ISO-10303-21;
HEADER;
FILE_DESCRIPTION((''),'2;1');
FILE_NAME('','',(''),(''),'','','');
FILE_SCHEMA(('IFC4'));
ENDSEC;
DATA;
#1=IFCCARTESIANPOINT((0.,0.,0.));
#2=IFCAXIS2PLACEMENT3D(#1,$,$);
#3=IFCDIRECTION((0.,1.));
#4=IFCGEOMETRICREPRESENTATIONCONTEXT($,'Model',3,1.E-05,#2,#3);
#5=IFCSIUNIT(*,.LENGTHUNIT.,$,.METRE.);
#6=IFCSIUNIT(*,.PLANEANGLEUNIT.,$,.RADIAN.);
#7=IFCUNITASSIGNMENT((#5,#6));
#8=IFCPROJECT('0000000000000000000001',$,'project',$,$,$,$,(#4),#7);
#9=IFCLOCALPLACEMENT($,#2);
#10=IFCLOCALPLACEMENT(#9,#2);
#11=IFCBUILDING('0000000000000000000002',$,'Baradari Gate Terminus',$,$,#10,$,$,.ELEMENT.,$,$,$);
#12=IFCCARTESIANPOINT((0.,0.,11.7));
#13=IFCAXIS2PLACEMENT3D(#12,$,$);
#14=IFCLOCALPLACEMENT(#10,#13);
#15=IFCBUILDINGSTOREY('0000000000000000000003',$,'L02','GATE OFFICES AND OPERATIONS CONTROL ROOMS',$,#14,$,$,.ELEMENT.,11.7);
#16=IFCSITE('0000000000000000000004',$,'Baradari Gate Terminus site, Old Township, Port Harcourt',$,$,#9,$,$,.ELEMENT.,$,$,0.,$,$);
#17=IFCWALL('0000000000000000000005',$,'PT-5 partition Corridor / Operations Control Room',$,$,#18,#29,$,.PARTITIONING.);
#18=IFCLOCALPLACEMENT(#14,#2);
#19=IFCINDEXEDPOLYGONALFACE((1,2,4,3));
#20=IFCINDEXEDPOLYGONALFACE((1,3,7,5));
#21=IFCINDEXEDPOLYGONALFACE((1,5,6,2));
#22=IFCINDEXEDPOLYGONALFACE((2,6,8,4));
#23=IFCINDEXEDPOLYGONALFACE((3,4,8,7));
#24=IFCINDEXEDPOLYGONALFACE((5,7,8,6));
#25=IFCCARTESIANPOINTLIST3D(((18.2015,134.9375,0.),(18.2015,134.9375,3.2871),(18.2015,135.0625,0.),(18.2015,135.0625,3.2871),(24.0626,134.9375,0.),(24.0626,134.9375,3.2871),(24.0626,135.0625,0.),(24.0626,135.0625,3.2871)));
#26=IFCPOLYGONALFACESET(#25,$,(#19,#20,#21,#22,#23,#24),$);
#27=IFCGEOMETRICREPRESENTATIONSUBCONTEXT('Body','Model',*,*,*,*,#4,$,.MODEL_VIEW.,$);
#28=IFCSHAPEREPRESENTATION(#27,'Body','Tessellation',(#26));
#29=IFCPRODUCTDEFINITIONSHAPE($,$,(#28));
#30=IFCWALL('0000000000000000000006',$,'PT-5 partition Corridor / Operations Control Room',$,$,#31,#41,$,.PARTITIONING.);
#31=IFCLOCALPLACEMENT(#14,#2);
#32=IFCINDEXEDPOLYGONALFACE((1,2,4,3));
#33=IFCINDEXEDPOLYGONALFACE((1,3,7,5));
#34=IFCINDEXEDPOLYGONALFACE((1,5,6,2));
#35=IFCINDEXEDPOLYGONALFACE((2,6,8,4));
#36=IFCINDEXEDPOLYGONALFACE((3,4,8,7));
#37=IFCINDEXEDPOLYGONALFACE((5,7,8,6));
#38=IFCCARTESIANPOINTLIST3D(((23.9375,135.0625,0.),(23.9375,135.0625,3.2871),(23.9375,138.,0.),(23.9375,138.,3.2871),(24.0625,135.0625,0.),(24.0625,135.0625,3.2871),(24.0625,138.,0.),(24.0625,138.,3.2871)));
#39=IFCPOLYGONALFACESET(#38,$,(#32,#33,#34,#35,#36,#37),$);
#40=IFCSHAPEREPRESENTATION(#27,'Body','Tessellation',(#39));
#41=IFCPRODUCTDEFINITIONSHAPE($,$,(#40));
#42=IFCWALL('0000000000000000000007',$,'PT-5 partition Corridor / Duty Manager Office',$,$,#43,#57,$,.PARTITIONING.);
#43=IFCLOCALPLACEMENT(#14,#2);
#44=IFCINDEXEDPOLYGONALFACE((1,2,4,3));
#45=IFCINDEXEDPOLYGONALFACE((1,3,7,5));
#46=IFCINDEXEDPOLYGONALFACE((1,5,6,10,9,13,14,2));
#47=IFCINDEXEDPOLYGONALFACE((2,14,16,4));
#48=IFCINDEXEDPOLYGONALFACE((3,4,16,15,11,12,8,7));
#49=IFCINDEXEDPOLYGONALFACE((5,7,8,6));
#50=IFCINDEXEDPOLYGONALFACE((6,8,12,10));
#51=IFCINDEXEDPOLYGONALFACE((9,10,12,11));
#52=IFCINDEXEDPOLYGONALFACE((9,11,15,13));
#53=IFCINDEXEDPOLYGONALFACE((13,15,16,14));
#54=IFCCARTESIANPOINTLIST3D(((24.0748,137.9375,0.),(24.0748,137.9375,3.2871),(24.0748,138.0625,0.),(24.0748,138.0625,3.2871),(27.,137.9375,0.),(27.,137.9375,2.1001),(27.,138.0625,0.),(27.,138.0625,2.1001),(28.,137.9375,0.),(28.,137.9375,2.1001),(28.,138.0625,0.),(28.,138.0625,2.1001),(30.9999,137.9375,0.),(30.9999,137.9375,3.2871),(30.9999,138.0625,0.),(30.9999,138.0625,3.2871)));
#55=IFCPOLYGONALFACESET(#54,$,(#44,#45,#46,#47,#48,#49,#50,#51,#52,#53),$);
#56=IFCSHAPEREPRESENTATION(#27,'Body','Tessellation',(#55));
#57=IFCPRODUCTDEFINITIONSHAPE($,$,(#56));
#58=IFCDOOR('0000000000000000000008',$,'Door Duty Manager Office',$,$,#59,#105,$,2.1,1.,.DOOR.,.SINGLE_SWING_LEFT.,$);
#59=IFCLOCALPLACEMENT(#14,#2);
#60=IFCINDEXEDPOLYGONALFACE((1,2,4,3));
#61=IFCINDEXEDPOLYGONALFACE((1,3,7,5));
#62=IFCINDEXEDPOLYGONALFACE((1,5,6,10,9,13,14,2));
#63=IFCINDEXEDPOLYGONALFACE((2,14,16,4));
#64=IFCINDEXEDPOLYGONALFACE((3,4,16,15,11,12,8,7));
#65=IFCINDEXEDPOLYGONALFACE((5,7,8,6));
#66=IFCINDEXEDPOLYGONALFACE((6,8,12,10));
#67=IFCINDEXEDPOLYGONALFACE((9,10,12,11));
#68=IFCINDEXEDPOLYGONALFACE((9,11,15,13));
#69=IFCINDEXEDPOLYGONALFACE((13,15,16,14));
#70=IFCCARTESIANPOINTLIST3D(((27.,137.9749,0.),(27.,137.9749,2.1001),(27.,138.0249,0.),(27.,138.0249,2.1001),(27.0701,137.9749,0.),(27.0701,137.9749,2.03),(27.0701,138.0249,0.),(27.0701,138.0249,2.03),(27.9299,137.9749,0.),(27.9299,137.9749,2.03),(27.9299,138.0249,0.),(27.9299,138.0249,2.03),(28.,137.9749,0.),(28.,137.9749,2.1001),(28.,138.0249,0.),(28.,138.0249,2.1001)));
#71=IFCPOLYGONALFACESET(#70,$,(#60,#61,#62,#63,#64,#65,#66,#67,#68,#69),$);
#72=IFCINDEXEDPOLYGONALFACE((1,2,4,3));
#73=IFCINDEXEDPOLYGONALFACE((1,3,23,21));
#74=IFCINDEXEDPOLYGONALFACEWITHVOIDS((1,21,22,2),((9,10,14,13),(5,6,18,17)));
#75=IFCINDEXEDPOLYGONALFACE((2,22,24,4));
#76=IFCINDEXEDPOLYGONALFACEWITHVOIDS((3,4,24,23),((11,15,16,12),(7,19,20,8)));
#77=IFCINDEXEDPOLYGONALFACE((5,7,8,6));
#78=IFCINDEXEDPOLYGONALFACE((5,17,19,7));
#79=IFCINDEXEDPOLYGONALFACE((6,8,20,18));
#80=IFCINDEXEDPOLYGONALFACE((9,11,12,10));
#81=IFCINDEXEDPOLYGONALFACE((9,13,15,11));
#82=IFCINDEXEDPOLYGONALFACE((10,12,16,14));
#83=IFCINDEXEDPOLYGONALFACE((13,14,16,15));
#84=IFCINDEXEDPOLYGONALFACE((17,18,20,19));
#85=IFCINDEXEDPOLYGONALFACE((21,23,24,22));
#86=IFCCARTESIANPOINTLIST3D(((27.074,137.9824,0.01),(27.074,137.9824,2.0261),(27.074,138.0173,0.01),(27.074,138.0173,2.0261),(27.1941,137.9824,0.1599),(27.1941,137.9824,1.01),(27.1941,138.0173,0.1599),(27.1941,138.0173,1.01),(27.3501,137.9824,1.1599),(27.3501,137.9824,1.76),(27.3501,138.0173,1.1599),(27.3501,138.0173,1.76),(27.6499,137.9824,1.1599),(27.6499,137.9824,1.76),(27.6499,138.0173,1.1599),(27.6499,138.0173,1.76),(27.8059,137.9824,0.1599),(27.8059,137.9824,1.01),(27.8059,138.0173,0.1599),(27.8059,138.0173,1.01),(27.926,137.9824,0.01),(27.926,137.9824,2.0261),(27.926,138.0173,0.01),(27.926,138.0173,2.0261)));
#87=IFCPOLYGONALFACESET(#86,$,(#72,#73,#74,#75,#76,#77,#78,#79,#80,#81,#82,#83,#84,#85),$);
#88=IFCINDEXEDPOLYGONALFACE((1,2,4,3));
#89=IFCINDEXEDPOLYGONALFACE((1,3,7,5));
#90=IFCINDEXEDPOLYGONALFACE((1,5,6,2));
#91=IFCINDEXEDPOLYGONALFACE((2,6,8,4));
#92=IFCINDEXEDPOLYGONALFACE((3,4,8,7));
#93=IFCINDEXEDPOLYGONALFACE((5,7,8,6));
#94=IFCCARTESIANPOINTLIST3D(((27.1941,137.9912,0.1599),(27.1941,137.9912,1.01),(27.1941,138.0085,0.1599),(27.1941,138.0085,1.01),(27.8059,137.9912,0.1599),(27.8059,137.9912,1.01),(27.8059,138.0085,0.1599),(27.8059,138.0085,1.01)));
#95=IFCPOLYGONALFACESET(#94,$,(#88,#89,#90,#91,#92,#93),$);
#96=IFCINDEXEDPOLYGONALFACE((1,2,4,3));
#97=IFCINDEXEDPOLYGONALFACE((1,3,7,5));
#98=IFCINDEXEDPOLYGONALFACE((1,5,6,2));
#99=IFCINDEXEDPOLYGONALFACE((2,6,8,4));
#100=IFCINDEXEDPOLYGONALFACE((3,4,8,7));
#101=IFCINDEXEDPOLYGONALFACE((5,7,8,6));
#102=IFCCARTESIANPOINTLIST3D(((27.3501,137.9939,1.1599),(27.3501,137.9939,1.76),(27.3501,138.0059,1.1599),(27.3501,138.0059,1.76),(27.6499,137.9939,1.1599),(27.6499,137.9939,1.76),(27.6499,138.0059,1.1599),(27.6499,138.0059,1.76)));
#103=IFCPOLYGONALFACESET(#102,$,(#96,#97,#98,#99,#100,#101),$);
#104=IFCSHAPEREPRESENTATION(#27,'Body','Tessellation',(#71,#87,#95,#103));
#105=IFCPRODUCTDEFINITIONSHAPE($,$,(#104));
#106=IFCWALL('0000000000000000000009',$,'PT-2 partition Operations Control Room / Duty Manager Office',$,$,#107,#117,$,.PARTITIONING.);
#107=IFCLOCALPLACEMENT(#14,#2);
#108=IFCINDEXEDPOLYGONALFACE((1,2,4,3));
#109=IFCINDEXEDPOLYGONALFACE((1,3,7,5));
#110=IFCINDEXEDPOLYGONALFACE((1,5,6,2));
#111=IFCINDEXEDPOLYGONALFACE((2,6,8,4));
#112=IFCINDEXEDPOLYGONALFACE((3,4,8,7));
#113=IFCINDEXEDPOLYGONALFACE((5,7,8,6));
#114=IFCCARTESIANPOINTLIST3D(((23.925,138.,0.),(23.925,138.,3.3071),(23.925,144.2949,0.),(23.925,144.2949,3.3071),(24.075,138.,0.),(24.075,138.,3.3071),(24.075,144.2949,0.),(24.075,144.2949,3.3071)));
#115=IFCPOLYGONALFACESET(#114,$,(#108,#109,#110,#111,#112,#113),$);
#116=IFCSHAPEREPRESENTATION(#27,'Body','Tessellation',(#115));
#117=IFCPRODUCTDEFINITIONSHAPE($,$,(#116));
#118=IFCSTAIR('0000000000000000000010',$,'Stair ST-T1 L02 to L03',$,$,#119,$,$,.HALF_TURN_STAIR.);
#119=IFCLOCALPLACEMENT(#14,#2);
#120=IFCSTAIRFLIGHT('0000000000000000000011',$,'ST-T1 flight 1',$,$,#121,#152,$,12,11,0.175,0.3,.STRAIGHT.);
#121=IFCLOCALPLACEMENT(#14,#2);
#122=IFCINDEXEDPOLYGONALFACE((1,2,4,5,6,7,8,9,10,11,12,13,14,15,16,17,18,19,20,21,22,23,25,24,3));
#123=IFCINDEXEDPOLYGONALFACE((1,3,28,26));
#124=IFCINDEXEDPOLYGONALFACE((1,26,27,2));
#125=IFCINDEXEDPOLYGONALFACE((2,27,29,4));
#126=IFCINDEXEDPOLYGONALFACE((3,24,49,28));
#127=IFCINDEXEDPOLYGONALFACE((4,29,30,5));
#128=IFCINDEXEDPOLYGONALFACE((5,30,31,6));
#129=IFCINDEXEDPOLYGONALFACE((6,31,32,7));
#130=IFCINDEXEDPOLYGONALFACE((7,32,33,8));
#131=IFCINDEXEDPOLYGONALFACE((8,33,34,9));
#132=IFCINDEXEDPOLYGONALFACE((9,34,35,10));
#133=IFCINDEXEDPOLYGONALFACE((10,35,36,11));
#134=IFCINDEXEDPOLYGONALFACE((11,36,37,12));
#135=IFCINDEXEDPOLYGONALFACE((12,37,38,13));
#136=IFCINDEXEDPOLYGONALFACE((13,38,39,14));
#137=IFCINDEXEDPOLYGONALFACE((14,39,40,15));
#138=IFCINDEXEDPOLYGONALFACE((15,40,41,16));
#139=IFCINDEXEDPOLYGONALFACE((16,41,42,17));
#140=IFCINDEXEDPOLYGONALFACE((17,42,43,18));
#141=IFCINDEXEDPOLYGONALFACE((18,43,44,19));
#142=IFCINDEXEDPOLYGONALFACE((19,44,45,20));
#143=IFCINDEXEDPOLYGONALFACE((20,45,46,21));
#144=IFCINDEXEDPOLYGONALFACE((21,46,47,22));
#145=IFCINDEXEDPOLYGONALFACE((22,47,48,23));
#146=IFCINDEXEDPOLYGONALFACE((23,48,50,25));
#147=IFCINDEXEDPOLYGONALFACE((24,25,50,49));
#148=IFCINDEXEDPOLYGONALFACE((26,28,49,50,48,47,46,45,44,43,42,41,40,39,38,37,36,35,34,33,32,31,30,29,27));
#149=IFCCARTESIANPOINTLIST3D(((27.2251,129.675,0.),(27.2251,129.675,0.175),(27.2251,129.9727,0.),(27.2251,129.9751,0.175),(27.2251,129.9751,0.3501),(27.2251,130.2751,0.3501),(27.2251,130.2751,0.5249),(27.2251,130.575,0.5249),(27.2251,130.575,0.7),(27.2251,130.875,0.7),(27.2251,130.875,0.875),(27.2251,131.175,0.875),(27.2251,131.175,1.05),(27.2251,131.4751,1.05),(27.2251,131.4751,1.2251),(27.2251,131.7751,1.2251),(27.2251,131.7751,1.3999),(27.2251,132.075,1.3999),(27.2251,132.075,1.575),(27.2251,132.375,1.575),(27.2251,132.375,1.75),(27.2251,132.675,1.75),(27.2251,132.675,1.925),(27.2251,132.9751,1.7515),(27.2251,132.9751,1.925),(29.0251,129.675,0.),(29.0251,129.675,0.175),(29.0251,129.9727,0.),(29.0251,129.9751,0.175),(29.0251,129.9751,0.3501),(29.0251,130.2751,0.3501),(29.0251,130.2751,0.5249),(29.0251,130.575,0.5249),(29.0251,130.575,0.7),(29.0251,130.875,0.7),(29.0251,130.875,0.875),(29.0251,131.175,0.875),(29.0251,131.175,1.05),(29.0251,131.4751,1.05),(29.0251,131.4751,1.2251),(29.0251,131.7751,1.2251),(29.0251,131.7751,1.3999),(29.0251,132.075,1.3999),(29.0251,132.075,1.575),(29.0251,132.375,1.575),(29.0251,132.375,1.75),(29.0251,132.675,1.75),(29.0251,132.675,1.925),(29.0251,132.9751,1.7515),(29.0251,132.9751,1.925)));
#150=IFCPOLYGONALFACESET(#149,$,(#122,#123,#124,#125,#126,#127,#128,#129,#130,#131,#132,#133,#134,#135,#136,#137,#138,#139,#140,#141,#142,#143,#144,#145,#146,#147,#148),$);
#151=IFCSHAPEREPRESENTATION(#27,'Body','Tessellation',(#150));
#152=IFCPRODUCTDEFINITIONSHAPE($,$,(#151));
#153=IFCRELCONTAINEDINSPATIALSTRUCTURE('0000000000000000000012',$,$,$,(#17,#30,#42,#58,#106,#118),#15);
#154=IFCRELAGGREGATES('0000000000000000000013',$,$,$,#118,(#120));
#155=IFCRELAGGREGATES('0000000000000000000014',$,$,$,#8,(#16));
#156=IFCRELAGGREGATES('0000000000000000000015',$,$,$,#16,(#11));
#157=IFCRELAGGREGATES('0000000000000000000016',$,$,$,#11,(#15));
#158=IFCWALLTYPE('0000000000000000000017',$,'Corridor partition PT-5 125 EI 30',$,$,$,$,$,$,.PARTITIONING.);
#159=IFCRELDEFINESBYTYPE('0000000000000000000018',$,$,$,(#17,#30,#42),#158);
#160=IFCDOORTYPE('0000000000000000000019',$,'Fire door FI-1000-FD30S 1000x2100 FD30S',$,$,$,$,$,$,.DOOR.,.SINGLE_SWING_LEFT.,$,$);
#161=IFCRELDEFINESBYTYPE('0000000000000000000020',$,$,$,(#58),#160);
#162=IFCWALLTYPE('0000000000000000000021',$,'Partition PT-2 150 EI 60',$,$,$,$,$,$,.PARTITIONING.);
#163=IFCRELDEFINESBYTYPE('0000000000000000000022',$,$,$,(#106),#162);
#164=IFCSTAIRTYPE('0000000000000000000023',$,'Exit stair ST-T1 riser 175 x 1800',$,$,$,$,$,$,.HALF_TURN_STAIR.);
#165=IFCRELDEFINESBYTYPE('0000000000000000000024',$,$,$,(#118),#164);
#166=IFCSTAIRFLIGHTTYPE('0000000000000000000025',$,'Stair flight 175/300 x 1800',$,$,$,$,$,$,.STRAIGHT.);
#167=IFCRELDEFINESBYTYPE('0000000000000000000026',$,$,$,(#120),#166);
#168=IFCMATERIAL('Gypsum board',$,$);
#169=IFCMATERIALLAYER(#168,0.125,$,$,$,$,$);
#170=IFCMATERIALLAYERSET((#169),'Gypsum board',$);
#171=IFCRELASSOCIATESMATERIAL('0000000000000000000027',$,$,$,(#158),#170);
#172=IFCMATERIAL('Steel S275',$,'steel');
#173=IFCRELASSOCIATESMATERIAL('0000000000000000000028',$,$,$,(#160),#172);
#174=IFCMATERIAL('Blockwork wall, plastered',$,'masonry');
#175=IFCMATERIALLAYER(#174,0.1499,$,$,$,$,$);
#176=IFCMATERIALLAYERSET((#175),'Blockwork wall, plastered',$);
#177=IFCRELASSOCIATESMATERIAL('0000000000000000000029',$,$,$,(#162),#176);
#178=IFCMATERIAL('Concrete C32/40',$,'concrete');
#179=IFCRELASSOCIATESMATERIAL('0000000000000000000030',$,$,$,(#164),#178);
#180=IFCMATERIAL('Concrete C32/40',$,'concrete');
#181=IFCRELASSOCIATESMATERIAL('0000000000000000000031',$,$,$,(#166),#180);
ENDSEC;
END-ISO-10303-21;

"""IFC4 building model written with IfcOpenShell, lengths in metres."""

from ifc_helpers import new_model, si_unit, direction, frame, frame_2d, origin, place, context, subcontext, project, spatial, polyline, rectangle, outline, extrude, material, layer, layer_set, type_object, element, fill, aggregate, save


model = new_model("IFC4")

# Units and contexts
model_context = context("Model", 3, precision=1e-05, world=origin(), true_north=direction((0.0, 1.0)))
body_context = subcontext(model_context, "Body", "Model", "MODEL_VIEW")
ifc_project = project(units=[si_unit("LENGTHUNIT", "METRE"), si_unit("PLANEANGLEUNIT", "RADIAN")], contexts=[model_context])

# Site, building, storey
site_placement = place(None, origin())
site = spatial("IfcSite", under=ifc_project, at=site_placement, Name="Baradari Gate Terminus site, Old Township, Port Harcourt", CompositionType="ELEMENT", RefElevation=0.0)
building_placement = place(site_placement, origin())
building = spatial("IfcBuilding", under=site, at=building_placement, Name="Baradari Gate Terminus", CompositionType="ELEMENT")
storey_placement = place(building_placement, frame((0.0, 0.0, 11.7)))
storey = spatial("IfcBuildingStorey", under=building, at=storey_placement, Name="L02", Description="GATE OFFICES AND OPERATIONS CONTROL ROOMS", CompositionType="ELEMENT", Elevation=11.7)

# Walls
ifc_material_1 = material(Name="Gypsum board")
ifc_layer_1 = layer(ifc_material_1, 0.125)
ifc_layer_set_1 = layer_set([ifc_layer_1], Name="Gypsum board")
wall_type_1 = type_object("IfcWallType", Name="Corridor partition PT-5 125 EI 30", PredefinedType="PARTITIONING", material=ifc_layer_set_1)
wall_1_placement = place(storey_placement, frame((18.2014, 135.0, 0.0), z_axis=(0.0, 0.0, 1.0), x_axis=(1.0, 0.0, 0.0)))
element("IfcWall", 1, at=wall_1_placement, inside=storey, type_object=wall_type_1, Name="PT-5 partition Corridor / Operations Control Room", PredefinedType="PARTITIONING", context=body_context, shape_type="SweptSolid", body=[
    extrude(rectangle(XDim=5.8611, YDim=0.125, at=frame_2d((2.9307, 0.0))), origin(), (0.0, 0.0, 1.0), 3.2871),
])
wall_2_placement = place(storey_placement, frame((24.0, 135.0625, 0.0), z_axis=(0.0, 0.0, 1.0), x_axis=(0.0, 1.0, 0.0)))
element("IfcWall", 2, at=wall_2_placement, inside=storey, type_object=wall_type_1, Name="PT-5 partition Corridor / Operations Control Room", PredefinedType="PARTITIONING", context=body_context, shape_type="SweptSolid", body=[
    extrude(rectangle(XDim=2.9375, YDim=0.125, at=frame_2d((1.4688, 0.0))), origin(), (0.0, 0.0, 1.0), 3.2871),
])

# Wall, opening, door
wall_3_placement = place(storey_placement, frame((24.075, 138.0, 0.0), z_axis=(0.0, 0.0, 1.0), x_axis=(1.0, 0.0, 0.0)))
wall_3 = element("IfcWall", 3, at=wall_3_placement, inside=storey, type_object=wall_type_1, Name="PT-5 partition Corridor / Duty Manager Office", PredefinedType="PARTITIONING", context=body_context, shape_type="SweptSolid", body=[
    extrude(rectangle(XDim=6.925, YDim=0.125, at=frame_2d((3.4624, 0.0))), origin(), (0.0, 0.0, 1.0), 3.2871),
])
opening_1_placement = place(wall_3_placement, frame((2.925, 0.0, 0.0)))
opening_1 = element("IfcOpeningElement", 4, at=opening_1_placement, cuts=wall_3, PredefinedType="OPENING", context=body_context, shape_type="SweptSolid", body=[
    extrude(rectangle(XDim=1.0, YDim=2.1001, at=frame_2d((0.5, 1.05))), frame((0.0, 0.0725, 0.0), z_axis=(0.0, -1.0, 0.0), x_axis=(1.0, 0.0, 0.0)), (0.0, 0.0, 1.0), 0.145),
])
ifc_material_2 = material(Name="Steel S275", Category="steel")
door_type_1 = type_object("IfcDoorType", Name="Fire door FI-1000-FD30S 1000x2100 FD30S", OperationType="SINGLE_SWING_LEFT", PredefinedType="DOOR", material=ifc_material_2)
door_1_placement = place(opening_1_placement, origin())
door_1 = element("IfcDoor", 5, at=door_1_placement, inside=storey, type_object=door_type_1, Name="Door Duty Manager Office", OperationType="SINGLE_SWING_LEFT", OverallHeight=2.1, OverallWidth=1.0, PredefinedType="DOOR", context=body_context, shape_type="SweptSolid", body=[
    extrude(outline(polyline([(0.0, 0.0), (0.0701, 0.0), (0.0701, 2.03), (0.9299, 2.03), (0.9299, 0.0), (1.0, 0.0), (1.0, 2.1001), (0.0, 2.1001), (0.0, 0.0)])), frame((0.0, 0.0249, 0.0), z_axis=(0.0, -1.0, 0.0), x_axis=(1.0, 0.0, 0.0)), (0.0, 0.0, 1.0), 0.05),
    extrude(outline(polyline([(0.074, 0.01), (0.926, 0.01), (0.926, 2.0261), (0.074, 2.0261), (0.074, 0.01)]), holes=[polyline([(0.1941, 0.1599), (0.8059, 0.1599), (0.8059, 1.01), (0.1941, 1.01), (0.1941, 0.1599)]), polyline([(0.3501, 1.1599), (0.6499, 1.1599), (0.6499, 1.76), (0.3501, 1.76), (0.3501, 1.1599)])]), frame((0.0, 0.0173, 0.0), z_axis=(0.0, -1.0, 0.0), x_axis=(1.0, 0.0, 0.0)), (0.0, 0.0, 1.0), 0.0349),
    extrude(rectangle(XDim=0.6118, YDim=0.8501, at=frame_2d((0.5, 0.585))), frame((0.0, 0.0085, 0.0), z_axis=(0.0, -1.0, 0.0), x_axis=(1.0, 0.0, 0.0)), (0.0, 0.0, 1.0), 0.0173),
    extrude(rectangle(XDim=0.2998, YDim=0.6001, at=frame_2d((0.5, 1.46))), frame((0.0, 0.0059, 0.0), z_axis=(0.0, -1.0, 0.0), x_axis=(1.0, 0.0, 0.0)), (0.0, 0.0, 1.0), 0.012),
])
fill(opening_1, door_1)

# Wall
ifc_material_3 = material(Name="Blockwork wall, plastered", Category="masonry")
ifc_layer_2 = layer(ifc_material_3, 0.1499)
ifc_layer_set_2 = layer_set([ifc_layer_2], Name="Blockwork wall, plastered")
wall_type_2 = type_object("IfcWallType", Name="Partition PT-2 150 EI 60", PredefinedType="PARTITIONING", material=ifc_layer_set_2)
wall_4_placement = place(storey_placement, frame((24.0, 144.2949, 0.0), z_axis=(0.0, 0.0, 1.0), x_axis=(0.0, -1.0, 0.0)))
element("IfcWall", 6, at=wall_4_placement, inside=storey, type_object=wall_type_2, Name="PT-2 partition Operations Control Room / Duty Manager Office", PredefinedType="PARTITIONING", context=body_context, shape_type="SweptSolid", body=[
    extrude(rectangle(XDim=6.2949, YDim=0.1499, at=frame_2d((3.1475, 0.0))), origin(), (0.0, 0.0, 1.0), 3.3071),
])

# Stair, stair flight
ifc_material_4 = material(Name="Concrete C32/40", Category="concrete")
stair_type = type_object("IfcStairType", Name="Exit stair ST-T1 riser 175 x 1800", PredefinedType="HALF_TURN_STAIR", material=ifc_material_4)
stair_placement = place(storey_placement, origin())
stair = element("IfcStair", 7, at=stair_placement, inside=storey, type_object=stair_type, Name="Stair ST-T1 L02 to L03", PredefinedType="HALF_TURN_STAIR")
ifc_material_5 = material(Name="Concrete C32/40", Category="concrete")
stair_flight_type = type_object("IfcStairFlightType", Name="Stair flight 175/300 x 1800", PredefinedType="STRAIGHT", material=ifc_material_5)
stair_flight_placement = place(storey_placement, frame((28.125, 129.675, 0.0), z_axis=(0.0, 0.0, 1.0), x_axis=(0.0, 1.0, 0.0)))
stair_flight = element("IfcStairFlight", 8, at=stair_flight_placement, type_object=stair_flight_type, Name="ST-T1 flight 1", NumberOfRisers=12, NumberOfTreads=11, PredefinedType="STRAIGHT", RiserHeight=0.175, TreadLength=0.3, context=body_context, shape_type="SweptSolid", body=[
    extrude(outline(polyline([(0.0, 0.0), (0.0, 0.175), (0.3, 0.175), (0.3, 0.3501), (0.6001, 0.3501), (0.6001, 0.5249), (0.8999, 0.5249), (0.8999, 0.7), (1.2, 0.7), (1.2, 0.875), (1.5, 0.875), (1.5, 1.05), (1.8, 1.05), (1.8, 1.2251), (2.1001, 1.2251), (2.1001, 1.3999), (2.3999, 1.3999), (2.3999, 1.575), (2.7, 1.575), (2.7, 1.75), (3.0, 1.75), (3.0, 1.925), (3.3, 1.925), (3.3, 2.1001), (3.3, 1.7515), (0.2976, 0.0), (0.0, 0.0)])), frame((0.0, 0.8999, 0.0), z_axis=(0.0, -1.0, 0.0), x_axis=(1.0, 0.0, 0.0)), (0.0, 0.0, 1.0), 1.8),
])
aggregate(stair, [stair_flight])

save(model, "model.ifc")
